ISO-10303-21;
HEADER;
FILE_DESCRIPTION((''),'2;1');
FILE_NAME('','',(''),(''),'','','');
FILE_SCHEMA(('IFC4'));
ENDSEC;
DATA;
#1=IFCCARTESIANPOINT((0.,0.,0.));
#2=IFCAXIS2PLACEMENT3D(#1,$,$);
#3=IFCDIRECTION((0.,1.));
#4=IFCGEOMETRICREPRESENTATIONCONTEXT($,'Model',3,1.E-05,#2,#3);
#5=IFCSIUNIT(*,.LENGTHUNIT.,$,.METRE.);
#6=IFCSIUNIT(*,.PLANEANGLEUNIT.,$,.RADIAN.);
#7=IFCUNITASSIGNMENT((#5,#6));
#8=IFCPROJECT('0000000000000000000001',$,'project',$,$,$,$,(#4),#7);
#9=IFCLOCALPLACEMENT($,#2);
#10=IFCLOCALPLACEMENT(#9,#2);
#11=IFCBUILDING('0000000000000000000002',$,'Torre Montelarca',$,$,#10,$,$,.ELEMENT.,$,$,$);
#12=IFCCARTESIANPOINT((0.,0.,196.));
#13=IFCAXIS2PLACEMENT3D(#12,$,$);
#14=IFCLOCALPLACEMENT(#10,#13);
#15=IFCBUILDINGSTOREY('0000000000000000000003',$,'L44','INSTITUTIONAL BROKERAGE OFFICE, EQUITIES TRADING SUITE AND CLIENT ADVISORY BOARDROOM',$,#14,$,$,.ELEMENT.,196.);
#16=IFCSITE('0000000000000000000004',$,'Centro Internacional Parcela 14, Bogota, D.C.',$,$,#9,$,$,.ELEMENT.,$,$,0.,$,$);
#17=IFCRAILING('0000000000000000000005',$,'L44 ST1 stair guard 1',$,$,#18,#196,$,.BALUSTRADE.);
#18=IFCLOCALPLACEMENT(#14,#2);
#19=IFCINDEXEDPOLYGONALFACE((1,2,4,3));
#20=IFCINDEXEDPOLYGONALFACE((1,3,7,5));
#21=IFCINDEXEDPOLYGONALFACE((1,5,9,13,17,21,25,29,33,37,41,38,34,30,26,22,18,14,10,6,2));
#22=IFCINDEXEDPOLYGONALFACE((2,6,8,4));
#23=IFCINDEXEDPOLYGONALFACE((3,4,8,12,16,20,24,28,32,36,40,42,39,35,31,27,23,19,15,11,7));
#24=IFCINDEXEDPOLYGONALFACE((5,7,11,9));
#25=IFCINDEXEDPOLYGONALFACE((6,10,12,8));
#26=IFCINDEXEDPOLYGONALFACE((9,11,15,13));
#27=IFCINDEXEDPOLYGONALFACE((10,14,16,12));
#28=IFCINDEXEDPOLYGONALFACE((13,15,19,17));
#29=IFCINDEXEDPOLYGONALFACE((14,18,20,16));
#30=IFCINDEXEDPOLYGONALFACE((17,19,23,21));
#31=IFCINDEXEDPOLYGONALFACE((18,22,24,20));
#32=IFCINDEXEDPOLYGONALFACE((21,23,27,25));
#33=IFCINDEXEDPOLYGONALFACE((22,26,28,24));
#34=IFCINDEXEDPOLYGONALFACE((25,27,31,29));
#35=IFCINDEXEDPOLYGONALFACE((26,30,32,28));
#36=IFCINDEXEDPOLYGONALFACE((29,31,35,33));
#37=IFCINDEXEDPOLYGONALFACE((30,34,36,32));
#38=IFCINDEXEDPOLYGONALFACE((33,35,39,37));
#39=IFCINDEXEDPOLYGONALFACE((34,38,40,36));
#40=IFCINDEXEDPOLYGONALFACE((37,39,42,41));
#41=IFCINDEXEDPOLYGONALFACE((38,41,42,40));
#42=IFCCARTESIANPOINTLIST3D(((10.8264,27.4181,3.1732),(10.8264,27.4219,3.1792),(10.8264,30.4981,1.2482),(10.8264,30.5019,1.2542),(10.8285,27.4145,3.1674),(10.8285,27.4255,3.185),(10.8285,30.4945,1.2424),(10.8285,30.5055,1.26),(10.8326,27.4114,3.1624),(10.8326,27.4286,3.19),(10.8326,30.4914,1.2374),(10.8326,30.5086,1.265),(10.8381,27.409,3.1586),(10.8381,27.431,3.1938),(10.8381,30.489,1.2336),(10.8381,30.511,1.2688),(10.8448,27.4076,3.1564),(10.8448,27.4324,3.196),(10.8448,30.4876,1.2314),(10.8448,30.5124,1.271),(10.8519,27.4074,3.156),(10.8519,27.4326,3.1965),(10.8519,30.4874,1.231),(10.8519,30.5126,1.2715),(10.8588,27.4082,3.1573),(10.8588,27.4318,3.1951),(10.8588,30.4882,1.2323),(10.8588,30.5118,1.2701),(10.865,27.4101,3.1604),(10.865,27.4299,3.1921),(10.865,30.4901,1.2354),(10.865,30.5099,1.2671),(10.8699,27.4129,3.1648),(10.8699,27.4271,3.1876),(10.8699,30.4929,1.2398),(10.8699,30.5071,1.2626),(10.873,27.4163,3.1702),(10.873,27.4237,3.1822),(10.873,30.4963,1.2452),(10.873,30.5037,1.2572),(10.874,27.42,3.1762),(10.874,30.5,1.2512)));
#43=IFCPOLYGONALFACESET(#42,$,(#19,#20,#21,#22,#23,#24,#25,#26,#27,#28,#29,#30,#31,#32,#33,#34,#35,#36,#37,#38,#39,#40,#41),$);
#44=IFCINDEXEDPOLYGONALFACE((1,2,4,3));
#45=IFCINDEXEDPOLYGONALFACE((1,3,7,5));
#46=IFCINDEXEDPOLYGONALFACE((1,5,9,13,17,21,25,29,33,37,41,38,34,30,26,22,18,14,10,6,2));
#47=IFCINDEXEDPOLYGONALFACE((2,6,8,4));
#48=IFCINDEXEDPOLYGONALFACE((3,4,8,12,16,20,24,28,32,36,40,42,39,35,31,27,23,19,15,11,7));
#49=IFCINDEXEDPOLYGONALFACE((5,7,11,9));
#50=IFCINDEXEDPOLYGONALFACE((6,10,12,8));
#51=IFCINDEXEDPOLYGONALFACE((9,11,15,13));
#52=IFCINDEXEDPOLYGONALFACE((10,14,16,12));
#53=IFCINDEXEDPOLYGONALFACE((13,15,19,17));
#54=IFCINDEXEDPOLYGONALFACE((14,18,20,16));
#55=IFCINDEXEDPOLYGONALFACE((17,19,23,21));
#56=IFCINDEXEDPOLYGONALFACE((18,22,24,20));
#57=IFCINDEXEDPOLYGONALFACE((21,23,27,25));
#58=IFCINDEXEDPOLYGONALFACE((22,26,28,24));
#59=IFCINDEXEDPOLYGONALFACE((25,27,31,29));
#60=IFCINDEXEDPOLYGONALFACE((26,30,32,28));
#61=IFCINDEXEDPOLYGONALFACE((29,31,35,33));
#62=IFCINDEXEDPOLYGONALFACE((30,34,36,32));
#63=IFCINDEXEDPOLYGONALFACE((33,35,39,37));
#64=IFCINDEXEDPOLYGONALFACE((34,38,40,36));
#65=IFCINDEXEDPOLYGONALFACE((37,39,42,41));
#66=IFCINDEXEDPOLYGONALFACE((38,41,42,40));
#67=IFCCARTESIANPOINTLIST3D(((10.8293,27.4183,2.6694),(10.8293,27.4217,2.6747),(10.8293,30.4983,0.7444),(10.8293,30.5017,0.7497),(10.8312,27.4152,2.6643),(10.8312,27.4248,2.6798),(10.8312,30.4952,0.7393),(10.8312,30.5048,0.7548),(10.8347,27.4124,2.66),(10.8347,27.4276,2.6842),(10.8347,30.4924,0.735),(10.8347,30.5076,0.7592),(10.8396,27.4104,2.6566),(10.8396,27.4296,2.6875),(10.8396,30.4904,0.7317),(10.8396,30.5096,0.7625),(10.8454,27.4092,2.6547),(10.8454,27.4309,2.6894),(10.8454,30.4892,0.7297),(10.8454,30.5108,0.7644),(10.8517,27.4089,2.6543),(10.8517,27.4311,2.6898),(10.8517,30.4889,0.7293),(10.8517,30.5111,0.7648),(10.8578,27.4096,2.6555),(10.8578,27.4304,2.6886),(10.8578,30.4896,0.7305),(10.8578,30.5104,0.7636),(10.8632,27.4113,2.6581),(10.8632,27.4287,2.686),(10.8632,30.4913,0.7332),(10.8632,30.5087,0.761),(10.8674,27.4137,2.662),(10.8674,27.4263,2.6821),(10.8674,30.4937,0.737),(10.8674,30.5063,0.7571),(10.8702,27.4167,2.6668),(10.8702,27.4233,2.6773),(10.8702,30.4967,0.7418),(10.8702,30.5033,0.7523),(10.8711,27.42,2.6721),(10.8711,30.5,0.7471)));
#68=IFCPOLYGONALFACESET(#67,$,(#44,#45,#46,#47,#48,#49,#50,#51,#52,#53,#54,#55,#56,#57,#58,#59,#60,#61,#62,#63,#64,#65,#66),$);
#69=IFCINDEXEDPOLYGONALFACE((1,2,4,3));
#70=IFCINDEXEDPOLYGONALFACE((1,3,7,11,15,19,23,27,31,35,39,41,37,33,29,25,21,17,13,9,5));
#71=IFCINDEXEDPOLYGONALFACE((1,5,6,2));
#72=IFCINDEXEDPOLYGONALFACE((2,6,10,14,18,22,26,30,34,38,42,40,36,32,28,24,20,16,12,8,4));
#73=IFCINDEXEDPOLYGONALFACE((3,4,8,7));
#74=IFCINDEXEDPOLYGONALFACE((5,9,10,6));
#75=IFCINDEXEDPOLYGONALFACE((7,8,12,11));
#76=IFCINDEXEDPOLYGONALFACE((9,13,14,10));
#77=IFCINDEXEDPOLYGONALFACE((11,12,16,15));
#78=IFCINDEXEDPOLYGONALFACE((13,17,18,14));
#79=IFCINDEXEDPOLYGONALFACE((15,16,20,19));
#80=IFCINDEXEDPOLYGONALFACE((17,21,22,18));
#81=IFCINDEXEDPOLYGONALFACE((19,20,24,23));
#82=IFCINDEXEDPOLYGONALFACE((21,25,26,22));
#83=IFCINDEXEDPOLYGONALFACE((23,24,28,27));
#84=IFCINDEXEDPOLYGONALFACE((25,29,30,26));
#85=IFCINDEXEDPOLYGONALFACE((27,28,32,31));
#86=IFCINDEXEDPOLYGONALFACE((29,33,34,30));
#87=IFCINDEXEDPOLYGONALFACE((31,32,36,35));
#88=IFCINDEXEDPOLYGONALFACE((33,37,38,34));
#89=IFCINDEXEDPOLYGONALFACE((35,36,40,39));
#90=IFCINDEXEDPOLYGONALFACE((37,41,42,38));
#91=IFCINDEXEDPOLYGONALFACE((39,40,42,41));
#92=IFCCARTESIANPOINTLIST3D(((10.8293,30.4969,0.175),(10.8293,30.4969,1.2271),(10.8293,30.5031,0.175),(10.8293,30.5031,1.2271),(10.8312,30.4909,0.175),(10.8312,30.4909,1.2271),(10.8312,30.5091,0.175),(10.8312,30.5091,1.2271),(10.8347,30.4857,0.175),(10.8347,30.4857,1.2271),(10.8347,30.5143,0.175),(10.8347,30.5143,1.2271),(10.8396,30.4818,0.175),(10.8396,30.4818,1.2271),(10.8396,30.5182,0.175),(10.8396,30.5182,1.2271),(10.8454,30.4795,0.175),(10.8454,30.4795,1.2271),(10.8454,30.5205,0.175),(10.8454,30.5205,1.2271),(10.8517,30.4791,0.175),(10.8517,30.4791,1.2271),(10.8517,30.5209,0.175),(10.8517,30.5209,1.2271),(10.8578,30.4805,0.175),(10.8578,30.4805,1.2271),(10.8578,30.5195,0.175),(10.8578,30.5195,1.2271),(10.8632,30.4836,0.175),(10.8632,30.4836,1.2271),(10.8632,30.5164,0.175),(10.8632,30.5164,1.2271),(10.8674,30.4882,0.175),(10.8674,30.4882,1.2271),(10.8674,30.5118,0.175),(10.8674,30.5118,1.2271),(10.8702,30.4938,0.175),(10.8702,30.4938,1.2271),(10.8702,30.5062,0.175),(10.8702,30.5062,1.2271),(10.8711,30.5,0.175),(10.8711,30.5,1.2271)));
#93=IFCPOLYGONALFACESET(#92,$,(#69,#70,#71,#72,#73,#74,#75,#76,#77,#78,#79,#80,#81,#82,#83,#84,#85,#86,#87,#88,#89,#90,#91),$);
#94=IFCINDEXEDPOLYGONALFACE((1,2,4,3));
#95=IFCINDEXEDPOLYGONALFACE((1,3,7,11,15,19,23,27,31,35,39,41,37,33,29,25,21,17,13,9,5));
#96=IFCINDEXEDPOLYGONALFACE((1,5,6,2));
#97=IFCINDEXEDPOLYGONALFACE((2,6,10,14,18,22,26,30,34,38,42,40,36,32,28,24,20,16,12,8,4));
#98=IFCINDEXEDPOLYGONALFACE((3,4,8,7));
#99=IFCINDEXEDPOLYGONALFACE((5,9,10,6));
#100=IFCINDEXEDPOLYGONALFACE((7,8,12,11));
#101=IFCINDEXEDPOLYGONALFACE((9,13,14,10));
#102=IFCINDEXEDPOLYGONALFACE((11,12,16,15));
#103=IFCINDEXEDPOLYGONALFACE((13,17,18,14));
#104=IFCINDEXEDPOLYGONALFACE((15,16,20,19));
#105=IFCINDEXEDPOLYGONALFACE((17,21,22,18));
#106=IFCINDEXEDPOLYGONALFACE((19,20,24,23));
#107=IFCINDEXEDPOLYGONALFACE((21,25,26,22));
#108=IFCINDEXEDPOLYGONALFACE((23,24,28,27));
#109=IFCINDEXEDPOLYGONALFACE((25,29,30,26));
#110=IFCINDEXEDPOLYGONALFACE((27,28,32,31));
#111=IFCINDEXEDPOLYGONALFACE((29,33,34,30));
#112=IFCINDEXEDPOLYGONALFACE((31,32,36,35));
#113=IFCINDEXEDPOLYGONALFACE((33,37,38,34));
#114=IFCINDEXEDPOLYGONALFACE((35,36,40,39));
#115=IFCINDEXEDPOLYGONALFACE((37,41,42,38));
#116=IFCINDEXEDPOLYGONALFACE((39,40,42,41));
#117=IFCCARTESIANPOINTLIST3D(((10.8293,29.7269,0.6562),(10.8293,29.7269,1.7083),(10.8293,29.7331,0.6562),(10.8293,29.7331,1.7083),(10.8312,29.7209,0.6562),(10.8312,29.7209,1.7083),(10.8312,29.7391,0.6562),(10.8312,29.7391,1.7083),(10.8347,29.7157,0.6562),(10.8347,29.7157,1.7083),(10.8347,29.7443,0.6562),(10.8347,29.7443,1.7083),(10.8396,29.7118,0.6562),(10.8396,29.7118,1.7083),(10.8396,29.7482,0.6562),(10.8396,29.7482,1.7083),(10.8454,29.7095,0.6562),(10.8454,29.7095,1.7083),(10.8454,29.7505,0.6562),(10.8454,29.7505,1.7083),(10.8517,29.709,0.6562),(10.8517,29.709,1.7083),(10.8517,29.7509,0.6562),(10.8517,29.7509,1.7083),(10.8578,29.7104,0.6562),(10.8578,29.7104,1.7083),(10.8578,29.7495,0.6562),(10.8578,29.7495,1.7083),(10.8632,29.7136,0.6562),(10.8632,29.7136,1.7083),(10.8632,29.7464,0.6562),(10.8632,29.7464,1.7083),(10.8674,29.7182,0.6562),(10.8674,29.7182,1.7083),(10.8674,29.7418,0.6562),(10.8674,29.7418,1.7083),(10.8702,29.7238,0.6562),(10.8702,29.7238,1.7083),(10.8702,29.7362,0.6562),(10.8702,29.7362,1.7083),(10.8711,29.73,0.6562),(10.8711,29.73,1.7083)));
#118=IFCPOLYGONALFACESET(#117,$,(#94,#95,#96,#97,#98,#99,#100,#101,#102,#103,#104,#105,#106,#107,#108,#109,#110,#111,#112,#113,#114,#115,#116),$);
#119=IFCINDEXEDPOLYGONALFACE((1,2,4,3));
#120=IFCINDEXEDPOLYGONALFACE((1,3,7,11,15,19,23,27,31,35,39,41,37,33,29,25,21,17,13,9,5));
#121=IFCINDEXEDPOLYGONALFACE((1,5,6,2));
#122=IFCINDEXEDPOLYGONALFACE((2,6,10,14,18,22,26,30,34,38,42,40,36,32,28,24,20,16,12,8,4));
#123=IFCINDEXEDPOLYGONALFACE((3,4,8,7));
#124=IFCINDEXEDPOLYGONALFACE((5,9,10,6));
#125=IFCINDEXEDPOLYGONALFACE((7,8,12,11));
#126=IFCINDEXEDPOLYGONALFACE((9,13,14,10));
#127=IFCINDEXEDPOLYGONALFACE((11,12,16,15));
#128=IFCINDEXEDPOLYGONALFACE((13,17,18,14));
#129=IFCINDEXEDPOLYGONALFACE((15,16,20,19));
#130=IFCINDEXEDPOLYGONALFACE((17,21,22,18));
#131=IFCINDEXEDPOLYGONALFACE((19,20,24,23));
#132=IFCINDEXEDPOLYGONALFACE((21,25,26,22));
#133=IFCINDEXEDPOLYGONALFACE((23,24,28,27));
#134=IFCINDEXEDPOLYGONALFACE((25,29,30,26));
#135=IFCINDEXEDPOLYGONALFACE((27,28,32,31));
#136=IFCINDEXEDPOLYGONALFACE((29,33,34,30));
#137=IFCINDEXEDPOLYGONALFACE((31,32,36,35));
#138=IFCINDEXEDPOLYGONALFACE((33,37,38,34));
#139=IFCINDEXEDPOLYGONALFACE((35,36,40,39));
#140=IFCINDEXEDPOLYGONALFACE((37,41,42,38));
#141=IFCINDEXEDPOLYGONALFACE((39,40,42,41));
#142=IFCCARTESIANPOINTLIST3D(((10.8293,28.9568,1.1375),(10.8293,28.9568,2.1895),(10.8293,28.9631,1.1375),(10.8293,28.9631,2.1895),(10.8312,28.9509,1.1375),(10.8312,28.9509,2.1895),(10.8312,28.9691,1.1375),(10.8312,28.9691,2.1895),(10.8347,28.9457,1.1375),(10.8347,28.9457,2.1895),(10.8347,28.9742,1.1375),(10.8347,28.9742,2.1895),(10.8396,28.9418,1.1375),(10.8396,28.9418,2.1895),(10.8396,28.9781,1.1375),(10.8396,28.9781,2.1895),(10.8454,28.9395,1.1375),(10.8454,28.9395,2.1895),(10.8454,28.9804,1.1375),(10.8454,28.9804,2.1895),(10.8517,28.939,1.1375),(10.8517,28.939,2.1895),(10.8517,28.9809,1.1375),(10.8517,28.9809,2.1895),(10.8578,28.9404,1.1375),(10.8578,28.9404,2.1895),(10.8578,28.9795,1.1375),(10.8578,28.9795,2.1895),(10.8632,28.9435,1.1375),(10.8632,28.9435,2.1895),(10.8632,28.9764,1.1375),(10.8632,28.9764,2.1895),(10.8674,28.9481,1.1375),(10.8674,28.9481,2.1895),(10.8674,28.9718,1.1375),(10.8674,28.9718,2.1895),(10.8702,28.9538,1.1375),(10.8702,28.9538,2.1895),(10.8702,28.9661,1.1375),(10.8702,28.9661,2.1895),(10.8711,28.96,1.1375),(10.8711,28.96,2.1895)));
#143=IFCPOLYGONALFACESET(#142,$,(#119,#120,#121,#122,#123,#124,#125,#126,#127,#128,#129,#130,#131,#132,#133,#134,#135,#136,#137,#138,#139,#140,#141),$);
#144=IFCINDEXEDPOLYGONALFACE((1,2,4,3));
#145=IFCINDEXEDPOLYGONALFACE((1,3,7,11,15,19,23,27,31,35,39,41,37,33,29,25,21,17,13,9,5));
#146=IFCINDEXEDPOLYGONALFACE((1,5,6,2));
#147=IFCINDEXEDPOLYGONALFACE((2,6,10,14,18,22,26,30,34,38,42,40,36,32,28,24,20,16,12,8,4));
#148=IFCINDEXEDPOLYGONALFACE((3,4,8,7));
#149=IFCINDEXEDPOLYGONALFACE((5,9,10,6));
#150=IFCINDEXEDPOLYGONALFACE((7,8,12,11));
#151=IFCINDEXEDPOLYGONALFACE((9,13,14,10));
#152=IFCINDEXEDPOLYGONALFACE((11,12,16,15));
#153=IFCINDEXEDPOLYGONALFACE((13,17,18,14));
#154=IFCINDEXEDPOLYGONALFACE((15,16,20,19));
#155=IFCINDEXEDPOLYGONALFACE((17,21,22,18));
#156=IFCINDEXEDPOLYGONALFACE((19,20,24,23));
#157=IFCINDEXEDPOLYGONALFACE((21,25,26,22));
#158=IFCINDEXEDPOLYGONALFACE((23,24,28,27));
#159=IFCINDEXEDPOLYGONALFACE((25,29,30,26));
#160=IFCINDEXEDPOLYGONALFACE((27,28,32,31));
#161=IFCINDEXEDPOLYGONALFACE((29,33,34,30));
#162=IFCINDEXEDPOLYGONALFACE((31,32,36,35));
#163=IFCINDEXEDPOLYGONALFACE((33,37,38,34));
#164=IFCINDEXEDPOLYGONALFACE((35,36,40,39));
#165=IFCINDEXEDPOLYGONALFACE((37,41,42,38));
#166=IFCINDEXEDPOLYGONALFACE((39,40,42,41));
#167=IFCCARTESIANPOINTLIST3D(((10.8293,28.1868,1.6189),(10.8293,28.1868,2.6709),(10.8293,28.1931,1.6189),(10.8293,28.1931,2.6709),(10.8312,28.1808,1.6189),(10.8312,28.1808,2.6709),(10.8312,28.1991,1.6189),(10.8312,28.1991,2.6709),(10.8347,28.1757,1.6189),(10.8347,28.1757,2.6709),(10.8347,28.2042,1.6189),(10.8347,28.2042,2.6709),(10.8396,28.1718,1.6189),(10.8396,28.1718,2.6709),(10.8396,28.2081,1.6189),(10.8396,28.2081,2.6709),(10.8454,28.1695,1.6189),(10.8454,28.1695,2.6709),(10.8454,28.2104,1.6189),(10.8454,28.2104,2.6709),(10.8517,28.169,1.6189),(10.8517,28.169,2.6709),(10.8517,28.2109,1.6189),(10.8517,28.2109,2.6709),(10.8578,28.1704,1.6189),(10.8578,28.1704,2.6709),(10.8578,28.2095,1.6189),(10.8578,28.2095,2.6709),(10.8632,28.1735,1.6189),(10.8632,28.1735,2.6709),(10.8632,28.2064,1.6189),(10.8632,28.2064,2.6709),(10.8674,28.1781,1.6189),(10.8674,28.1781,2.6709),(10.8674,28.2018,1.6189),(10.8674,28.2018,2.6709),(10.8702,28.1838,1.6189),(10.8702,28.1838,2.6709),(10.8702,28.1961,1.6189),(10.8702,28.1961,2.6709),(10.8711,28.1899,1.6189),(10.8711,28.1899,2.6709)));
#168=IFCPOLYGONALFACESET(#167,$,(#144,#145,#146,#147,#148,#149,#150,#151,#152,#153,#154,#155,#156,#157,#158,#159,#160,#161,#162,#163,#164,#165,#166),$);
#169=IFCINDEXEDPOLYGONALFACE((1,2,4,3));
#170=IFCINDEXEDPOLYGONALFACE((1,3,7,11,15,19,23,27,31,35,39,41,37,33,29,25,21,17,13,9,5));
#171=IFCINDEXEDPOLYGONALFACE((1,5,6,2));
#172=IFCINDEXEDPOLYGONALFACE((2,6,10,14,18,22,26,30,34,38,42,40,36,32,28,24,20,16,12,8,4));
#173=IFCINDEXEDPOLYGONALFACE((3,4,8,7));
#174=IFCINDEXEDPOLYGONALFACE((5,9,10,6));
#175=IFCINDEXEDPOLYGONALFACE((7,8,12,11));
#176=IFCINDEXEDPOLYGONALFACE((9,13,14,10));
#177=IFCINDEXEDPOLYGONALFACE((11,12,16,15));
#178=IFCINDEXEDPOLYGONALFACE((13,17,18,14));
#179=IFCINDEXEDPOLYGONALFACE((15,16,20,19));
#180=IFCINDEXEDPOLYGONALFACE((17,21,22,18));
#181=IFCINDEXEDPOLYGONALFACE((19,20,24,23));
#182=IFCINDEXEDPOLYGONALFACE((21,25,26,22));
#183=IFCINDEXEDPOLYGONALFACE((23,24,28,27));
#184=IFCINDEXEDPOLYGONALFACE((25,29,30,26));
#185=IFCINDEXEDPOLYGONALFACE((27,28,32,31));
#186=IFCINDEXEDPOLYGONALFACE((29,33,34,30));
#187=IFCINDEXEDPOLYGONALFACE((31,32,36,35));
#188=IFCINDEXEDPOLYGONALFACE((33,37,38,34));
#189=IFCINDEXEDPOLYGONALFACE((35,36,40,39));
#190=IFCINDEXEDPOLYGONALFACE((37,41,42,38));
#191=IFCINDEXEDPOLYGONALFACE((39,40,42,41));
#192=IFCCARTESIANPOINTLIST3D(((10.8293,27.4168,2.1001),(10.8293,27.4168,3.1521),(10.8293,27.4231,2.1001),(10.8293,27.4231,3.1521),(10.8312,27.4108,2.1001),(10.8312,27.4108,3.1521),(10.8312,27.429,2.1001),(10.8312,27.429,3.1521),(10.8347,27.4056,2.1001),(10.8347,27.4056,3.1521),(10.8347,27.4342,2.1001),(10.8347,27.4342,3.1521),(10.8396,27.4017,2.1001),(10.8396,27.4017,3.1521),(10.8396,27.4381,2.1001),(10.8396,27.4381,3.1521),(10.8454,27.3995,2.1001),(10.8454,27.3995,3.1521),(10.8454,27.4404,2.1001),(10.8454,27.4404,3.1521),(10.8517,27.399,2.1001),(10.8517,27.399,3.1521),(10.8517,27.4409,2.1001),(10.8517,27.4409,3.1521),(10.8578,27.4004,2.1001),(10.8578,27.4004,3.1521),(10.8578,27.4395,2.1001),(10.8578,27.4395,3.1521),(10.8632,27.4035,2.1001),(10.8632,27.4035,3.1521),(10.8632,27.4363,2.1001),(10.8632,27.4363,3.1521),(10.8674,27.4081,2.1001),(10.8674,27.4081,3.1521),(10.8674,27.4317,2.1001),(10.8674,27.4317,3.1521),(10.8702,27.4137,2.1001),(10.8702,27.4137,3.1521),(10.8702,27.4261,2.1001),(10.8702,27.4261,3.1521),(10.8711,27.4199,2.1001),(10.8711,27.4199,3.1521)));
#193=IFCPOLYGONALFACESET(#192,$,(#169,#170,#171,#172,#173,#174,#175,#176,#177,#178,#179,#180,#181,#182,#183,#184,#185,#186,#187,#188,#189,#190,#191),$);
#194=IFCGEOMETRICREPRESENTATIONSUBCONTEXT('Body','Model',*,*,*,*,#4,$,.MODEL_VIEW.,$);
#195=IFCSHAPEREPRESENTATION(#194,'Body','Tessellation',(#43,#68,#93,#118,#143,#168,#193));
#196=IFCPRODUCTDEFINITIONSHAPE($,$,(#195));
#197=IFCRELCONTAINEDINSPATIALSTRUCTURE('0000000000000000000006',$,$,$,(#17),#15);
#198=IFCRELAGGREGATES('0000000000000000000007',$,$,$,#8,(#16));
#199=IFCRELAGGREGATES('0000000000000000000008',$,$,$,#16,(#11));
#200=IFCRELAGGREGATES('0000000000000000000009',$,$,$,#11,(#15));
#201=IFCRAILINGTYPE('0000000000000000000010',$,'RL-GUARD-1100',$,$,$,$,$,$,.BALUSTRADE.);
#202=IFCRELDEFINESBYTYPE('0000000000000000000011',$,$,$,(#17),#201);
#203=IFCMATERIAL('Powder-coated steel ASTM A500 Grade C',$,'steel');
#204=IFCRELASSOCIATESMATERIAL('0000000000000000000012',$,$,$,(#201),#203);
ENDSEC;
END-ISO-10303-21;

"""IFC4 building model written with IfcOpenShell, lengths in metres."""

from ifc_helpers import new_model, si_unit, direction, frame, origin, origin_2d, place, context, subcontext, project, spatial, circle, extrude, material, type_object, element, save


model = new_model("IFC4")

# Units and contexts
model_context = context("Model", 3, precision=1e-05, world=origin(), true_north=direction((0.0, 1.0)))
body_context = subcontext(model_context, "Body", "Model", "MODEL_VIEW")
ifc_project = project(units=[si_unit("LENGTHUNIT", "METRE"), si_unit("PLANEANGLEUNIT", "RADIAN")], contexts=[model_context])

# Site, building, storey
site_placement = place(None, origin())
site = spatial("IfcSite", under=ifc_project, at=site_placement, Name="Centro Internacional Parcela 14, Bogota, D.C.", CompositionType="ELEMENT", RefElevation=0.0)
building_placement = place(site_placement, origin())
building = spatial("IfcBuilding", under=site, at=building_placement, Name="Torre Montelarca", CompositionType="ELEMENT")
storey_placement = place(building_placement, frame((0.0, 0.0, 196.0)))
storey = spatial("IfcBuildingStorey", under=building, at=storey_placement, Name="L44", Description="INSTITUTIONAL BROKERAGE OFFICE, EQUITIES TRADING SUITE AND CLIENT ADVISORY BOARDROOM", CompositionType="ELEMENT", Elevation=196.0)

# Railing
ifc_material_1 = material(Name="Powder-coated steel ASTM A500 Grade C", Category="steel")
railing_type_1 = type_object("IfcRailingType", Name="RL-GUARD-1100", PredefinedType="BALUSTRADE", material=ifc_material_1)
railing_1_placement = place(storey_placement, frame((10.8501, 30.5, 0.175)))
element("IfcRailing", 1, at=railing_1_placement, inside=storey, type_object=railing_type_1, Name="L44 ST1 stair guard 1", PredefinedType="BALUSTRADE", context=body_context, shape_type="SweptSolid", body=[
    extrude(circle(Radius=0.0239, at=origin_2d()), frame((0.0, 0.0, 1.0762), z_axis=(0.0, -0.847998, 0.529999), x_axis=(1.0, 0.0, 0.0)), (0.0, 0.0, 1.0), 3.6321),
    extrude(circle(Radius=0.021, at=origin_2d()), frame((0.0, 0.0, 0.572), z_axis=(0.0, -0.847998, 0.529999), x_axis=(1.0, 0.0, 0.0)), (0.0, 0.0, 1.0), 3.6321),
    extrude(circle(Radius=0.021, at=origin_2d()), origin(), (0.0, 0.0, 1.0), 1.052),
    extrude(circle(Radius=0.021, at=origin_2d()), frame((0.0, -0.77, 0.4812)), (0.0, 0.0, 1.0), 1.052),
    extrude(circle(Radius=0.021, at=origin_2d()), frame((0.0, -1.54, 0.9624)), (0.0, 0.0, 1.0), 1.052),
    extrude(circle(Radius=0.021, at=origin_2d()), frame((0.0, -2.3101, 1.4438)), (0.0, 0.0, 1.0), 1.052),
    extrude(circle(Radius=0.021, at=origin_2d()), frame((0.0, -3.0801, 1.925)), (0.0, 0.0, 1.0), 1.052),
])

save(model, "model.ifc")
